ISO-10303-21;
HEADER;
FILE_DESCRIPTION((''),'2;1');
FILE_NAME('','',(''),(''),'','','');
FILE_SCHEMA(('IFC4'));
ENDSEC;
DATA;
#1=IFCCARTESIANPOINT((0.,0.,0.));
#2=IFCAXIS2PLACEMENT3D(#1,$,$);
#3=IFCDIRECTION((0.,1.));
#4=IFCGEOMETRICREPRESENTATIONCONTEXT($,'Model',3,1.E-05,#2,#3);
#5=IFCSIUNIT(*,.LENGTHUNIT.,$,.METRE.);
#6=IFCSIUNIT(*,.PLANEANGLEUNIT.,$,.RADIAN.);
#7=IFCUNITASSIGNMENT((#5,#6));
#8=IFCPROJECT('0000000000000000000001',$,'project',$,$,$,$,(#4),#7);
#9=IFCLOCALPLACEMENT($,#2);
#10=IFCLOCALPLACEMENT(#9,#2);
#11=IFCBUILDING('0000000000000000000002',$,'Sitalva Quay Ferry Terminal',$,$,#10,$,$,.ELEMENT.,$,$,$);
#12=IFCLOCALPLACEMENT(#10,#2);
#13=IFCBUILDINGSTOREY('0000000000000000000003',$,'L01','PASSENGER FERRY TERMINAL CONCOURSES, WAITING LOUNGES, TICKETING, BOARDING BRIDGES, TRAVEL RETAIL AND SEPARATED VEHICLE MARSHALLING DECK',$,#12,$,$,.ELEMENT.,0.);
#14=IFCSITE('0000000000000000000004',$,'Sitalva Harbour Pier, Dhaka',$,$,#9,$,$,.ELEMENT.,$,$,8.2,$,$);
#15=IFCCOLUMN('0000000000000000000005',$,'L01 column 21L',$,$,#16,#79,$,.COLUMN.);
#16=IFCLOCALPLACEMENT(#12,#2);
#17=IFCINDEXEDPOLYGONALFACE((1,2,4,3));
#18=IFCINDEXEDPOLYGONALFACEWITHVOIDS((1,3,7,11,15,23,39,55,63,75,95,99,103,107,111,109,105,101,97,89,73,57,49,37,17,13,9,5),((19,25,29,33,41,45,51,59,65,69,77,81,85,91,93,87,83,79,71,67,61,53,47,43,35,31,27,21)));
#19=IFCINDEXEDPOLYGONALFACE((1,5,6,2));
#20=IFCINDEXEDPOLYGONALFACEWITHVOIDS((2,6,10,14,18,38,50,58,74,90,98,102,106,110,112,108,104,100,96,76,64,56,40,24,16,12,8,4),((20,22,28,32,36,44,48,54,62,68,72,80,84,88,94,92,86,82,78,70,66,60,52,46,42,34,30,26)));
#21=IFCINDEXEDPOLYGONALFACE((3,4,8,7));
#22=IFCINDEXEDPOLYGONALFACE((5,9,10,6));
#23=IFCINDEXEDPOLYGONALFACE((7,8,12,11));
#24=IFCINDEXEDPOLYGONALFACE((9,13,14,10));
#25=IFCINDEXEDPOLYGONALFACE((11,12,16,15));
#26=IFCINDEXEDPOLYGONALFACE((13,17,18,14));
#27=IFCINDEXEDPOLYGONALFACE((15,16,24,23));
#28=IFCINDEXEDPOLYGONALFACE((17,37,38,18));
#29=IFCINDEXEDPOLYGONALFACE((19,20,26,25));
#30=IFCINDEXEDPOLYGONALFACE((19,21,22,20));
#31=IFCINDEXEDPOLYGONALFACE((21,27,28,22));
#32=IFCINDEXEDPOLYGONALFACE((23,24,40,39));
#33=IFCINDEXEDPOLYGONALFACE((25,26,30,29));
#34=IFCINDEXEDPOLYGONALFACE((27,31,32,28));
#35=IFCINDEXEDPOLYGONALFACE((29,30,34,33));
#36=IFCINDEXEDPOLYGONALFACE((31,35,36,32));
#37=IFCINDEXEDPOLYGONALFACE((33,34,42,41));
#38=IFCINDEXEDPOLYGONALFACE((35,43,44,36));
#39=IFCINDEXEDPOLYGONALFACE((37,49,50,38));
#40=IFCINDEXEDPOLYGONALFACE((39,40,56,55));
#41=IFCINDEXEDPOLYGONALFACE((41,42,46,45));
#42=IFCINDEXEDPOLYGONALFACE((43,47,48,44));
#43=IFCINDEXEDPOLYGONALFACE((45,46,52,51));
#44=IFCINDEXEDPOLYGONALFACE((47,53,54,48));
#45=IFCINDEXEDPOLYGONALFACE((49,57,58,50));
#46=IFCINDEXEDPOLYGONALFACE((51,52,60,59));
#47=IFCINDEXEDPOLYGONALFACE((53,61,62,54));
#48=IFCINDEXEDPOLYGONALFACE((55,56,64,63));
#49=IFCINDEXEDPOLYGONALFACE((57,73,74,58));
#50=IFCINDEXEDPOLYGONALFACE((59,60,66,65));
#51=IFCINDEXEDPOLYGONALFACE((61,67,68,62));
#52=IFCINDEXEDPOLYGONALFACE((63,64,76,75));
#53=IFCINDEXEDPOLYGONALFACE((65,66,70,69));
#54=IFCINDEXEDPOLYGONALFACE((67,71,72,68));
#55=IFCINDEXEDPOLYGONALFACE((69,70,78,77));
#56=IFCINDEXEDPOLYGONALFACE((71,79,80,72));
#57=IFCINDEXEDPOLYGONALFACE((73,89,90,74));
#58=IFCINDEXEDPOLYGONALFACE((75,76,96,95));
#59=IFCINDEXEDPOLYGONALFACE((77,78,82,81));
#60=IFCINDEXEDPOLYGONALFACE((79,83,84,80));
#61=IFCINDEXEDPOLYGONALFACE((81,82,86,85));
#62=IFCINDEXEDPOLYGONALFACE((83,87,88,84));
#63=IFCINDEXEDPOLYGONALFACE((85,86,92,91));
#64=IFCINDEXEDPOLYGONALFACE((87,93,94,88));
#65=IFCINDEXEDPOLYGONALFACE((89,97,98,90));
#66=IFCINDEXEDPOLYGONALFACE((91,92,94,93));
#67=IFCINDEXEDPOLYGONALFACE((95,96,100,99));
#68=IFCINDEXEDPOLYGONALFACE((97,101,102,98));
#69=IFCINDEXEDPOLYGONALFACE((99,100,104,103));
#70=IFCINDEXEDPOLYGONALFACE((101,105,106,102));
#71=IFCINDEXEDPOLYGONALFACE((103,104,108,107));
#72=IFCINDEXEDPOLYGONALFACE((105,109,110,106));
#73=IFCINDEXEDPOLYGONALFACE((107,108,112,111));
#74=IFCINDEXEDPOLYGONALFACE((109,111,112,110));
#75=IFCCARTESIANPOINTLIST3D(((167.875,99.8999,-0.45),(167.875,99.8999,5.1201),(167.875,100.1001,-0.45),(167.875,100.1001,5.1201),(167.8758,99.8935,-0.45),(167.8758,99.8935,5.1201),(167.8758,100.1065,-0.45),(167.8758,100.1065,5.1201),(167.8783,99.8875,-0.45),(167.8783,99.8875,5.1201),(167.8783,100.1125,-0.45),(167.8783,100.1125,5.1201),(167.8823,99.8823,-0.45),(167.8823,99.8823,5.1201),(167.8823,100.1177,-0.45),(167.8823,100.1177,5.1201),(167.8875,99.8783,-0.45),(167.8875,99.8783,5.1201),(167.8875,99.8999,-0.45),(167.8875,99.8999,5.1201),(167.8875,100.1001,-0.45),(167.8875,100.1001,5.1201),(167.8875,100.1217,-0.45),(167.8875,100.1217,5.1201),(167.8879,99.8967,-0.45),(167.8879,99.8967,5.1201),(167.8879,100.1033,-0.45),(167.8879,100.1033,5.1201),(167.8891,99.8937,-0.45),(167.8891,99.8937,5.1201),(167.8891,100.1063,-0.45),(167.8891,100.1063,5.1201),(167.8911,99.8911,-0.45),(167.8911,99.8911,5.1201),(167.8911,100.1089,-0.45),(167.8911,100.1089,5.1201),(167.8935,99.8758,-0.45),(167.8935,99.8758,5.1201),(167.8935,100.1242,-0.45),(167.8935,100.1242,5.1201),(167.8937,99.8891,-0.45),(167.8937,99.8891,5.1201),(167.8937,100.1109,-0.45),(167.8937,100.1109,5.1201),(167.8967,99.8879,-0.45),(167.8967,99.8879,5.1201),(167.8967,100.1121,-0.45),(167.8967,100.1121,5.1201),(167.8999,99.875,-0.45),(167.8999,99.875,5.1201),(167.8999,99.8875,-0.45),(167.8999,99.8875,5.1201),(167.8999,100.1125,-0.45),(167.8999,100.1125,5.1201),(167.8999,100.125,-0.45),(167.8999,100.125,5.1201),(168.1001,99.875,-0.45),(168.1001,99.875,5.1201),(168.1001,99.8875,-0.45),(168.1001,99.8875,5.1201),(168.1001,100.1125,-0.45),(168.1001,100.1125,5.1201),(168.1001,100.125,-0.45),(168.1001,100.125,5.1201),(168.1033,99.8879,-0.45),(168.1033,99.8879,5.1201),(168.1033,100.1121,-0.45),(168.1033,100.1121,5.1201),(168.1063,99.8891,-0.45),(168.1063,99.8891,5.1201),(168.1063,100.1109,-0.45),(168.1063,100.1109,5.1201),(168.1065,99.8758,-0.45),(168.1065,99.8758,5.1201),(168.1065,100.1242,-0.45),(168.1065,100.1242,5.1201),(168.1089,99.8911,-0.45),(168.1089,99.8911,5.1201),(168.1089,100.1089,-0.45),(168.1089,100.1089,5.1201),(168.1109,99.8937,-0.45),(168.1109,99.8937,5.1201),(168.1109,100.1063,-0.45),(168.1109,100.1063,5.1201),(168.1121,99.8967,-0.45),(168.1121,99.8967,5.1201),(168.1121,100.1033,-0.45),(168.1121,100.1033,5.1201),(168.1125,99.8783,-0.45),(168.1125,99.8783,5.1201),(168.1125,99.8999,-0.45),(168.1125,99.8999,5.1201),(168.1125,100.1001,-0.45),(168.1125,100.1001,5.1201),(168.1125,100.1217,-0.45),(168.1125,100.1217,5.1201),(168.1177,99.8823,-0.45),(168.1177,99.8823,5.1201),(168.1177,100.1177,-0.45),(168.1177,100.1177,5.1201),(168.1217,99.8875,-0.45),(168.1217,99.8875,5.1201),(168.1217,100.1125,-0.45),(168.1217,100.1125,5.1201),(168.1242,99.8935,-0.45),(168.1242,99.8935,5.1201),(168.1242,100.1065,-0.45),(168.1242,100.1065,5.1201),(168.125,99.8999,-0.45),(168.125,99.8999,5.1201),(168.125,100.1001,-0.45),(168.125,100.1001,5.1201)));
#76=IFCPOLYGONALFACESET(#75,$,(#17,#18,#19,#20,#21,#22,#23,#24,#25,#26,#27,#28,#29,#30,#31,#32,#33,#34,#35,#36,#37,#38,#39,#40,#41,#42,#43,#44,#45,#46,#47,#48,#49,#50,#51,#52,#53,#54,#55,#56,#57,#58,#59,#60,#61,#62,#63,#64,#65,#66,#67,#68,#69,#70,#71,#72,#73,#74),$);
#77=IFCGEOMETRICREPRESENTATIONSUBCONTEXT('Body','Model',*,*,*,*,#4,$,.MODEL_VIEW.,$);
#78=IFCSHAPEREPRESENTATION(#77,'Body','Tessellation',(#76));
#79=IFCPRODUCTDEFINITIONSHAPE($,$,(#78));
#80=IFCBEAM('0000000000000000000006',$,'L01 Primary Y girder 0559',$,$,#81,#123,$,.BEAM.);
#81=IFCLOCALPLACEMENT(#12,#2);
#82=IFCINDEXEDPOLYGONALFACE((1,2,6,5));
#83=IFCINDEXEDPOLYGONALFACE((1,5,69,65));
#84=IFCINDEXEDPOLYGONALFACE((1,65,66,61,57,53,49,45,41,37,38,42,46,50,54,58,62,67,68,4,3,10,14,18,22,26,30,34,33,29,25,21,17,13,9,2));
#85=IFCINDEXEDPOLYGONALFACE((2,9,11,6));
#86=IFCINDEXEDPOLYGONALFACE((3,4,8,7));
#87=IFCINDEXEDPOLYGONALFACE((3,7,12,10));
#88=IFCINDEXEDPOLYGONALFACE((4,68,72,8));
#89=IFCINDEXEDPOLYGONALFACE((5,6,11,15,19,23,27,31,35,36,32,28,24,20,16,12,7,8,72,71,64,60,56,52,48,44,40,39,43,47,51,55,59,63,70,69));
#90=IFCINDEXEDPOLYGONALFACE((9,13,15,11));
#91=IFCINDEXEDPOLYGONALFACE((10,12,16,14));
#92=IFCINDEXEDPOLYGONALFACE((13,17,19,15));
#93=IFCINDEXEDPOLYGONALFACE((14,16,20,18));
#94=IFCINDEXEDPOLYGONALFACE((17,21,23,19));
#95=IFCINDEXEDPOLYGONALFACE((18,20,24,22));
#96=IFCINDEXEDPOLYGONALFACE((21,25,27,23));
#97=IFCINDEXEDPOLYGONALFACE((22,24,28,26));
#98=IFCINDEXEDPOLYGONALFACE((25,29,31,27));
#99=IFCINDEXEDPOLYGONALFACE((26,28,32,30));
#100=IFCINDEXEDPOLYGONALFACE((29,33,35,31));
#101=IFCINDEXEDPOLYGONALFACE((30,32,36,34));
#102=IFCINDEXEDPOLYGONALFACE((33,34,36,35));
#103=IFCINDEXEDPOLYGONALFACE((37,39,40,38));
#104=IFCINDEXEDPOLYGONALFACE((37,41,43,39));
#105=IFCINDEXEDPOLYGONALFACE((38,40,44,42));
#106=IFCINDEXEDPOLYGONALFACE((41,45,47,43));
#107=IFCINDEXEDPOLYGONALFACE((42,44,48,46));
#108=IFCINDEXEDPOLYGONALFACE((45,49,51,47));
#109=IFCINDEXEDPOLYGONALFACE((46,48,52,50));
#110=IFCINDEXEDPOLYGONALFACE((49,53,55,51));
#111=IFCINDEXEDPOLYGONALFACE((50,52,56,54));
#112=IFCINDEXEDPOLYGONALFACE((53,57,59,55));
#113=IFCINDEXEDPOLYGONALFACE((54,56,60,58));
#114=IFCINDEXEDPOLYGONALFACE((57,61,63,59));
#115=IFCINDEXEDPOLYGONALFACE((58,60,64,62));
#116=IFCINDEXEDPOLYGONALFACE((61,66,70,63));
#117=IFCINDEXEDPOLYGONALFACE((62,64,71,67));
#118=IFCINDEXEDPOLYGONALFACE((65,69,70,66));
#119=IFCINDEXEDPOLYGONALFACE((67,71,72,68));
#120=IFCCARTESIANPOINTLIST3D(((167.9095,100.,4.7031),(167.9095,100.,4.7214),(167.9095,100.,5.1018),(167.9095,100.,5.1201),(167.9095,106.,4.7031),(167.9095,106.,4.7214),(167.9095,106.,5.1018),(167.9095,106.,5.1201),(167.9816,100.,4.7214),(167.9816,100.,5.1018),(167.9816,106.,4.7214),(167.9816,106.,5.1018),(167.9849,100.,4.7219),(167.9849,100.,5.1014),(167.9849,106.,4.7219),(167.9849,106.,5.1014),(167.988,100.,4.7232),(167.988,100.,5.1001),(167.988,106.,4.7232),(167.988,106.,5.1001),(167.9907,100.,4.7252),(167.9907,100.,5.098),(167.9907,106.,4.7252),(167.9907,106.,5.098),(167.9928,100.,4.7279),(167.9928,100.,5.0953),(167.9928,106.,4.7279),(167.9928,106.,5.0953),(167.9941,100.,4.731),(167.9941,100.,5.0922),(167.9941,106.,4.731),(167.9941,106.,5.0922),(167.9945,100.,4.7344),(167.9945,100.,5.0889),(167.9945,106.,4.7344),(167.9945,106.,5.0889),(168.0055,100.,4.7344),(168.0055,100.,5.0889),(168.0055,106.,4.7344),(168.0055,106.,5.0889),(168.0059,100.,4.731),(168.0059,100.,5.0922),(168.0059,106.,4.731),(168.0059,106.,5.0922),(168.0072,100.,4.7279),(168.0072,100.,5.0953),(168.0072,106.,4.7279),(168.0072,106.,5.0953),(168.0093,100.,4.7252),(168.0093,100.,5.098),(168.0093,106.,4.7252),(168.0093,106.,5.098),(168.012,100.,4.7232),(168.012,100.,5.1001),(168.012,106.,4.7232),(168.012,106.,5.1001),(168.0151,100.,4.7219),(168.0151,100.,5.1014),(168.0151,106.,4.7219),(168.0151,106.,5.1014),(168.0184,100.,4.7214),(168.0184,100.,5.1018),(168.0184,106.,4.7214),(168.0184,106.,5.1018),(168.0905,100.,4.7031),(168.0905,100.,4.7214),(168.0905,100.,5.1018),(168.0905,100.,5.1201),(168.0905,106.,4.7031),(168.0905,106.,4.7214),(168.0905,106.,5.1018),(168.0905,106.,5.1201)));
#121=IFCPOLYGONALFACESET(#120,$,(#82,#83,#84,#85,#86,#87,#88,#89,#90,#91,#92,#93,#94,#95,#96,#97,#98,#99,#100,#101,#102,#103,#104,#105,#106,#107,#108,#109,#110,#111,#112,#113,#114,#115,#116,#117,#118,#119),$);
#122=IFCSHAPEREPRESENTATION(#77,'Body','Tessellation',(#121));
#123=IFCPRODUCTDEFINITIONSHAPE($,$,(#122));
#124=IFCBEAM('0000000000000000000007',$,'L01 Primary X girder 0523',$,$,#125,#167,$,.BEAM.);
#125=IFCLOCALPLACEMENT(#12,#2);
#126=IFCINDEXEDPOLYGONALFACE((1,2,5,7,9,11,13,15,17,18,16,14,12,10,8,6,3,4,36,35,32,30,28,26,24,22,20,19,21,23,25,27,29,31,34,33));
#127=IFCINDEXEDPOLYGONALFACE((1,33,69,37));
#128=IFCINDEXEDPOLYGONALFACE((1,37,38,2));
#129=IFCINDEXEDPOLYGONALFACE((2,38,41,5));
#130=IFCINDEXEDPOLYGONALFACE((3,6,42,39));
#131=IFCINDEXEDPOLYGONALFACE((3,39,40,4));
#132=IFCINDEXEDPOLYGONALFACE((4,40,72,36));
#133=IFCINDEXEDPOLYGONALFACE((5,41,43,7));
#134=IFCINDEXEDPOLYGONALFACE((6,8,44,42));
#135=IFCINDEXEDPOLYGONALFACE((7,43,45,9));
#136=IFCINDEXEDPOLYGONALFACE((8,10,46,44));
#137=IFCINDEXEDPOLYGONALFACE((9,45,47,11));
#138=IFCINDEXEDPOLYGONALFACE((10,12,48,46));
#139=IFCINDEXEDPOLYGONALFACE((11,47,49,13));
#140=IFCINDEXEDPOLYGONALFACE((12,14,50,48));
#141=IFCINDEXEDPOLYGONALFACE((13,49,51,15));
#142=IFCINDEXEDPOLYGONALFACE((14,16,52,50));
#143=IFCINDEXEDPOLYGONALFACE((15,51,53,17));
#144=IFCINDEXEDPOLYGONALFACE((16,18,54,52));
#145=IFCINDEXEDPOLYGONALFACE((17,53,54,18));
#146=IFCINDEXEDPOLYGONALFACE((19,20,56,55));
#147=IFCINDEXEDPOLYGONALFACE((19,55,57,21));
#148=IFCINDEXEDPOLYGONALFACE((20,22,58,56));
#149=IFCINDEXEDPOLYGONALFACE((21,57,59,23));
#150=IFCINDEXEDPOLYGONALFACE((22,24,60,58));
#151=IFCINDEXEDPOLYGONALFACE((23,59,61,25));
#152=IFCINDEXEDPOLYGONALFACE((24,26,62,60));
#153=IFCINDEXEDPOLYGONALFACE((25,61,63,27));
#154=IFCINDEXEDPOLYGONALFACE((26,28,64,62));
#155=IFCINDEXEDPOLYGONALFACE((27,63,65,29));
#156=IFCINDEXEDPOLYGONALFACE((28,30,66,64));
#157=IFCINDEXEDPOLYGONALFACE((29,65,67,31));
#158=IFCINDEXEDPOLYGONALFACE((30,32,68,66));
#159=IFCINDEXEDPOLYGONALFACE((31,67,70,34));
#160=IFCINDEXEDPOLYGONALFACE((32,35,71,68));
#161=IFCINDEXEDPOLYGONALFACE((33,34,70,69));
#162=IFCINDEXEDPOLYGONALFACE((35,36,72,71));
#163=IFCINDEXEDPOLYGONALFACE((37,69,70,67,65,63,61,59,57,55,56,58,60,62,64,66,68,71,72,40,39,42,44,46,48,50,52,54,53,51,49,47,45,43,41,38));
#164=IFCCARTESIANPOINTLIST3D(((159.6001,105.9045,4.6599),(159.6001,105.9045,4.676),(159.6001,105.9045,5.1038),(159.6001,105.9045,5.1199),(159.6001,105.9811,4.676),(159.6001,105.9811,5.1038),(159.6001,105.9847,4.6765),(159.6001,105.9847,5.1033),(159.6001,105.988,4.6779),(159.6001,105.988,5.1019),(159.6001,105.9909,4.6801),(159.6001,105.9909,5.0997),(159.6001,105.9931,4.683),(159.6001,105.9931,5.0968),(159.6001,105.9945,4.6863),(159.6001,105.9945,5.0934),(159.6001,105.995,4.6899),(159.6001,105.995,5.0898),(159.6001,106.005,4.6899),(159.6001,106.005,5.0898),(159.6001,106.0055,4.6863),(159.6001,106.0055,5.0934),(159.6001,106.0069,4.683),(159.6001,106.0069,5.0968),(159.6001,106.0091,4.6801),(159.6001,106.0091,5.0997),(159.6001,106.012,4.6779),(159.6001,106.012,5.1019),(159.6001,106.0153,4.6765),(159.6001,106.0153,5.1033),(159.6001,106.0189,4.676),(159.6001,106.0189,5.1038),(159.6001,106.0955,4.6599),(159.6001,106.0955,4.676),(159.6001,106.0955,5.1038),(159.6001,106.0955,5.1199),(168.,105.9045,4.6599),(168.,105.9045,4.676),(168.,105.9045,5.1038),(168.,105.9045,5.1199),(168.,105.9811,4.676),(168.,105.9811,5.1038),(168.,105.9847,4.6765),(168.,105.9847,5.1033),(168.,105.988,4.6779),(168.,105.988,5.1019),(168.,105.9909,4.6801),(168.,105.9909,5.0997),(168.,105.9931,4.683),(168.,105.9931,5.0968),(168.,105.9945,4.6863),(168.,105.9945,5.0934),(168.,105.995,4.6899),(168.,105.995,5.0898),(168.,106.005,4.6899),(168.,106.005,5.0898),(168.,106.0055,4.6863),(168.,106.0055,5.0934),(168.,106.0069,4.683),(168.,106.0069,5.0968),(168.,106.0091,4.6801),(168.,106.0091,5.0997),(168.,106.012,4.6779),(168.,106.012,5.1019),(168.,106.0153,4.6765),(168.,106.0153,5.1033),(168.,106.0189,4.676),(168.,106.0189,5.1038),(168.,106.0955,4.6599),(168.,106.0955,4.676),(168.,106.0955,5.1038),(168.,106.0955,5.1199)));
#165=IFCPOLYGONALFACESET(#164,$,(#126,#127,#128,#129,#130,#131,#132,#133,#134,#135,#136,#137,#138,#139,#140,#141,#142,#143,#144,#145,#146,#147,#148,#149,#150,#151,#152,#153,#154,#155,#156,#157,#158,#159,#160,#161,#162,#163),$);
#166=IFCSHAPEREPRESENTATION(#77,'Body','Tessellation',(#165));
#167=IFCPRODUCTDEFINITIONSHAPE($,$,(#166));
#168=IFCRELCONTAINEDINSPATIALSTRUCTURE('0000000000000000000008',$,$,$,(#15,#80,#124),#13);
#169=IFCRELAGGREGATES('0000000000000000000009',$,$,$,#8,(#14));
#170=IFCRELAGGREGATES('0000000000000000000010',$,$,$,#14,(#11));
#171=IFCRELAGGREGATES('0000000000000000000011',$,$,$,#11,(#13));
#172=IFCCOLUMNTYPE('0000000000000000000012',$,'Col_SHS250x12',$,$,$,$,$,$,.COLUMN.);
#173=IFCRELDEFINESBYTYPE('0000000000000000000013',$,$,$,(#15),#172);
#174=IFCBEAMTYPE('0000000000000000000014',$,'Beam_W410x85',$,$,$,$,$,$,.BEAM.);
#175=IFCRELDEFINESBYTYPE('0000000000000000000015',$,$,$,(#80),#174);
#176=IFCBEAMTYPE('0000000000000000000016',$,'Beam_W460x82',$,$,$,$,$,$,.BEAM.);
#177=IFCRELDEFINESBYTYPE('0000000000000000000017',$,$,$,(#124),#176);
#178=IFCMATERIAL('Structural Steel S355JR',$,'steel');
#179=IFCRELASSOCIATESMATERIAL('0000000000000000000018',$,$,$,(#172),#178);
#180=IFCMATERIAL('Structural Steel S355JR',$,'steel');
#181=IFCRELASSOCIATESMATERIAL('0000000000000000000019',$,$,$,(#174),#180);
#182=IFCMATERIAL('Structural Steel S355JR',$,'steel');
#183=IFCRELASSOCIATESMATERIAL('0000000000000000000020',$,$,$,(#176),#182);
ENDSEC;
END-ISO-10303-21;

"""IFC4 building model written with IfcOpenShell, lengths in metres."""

from ifc_helpers import new_model, si_unit, direction, frame, origin, origin_2d, place, context, subcontext, project, spatial, hollow_rectangle, i_section, extrude, material, material_profile, profile_set, type_object, element, save


model = new_model("IFC4")

# Units and contexts
model_context = context("Model", 3, precision=1e-05, world=origin(), true_north=direction((0.0, 1.0)))
body_context = subcontext(model_context, "Body", "Model", "MODEL_VIEW")
ifc_project = project(units=[si_unit("LENGTHUNIT", "METRE"), si_unit("PLANEANGLEUNIT", "RADIAN")], contexts=[model_context])

# Site, building, storey
site_placement = place(None, origin())
site = spatial("IfcSite", under=ifc_project, at=site_placement, Name="Sitalva Harbour Pier, Dhaka", CompositionType="ELEMENT", RefElevation=8.2)
building_placement = place(site_placement, origin())
building = spatial("IfcBuilding", under=site, at=building_placement, Name="Sitalva Quay Ferry Terminal", CompositionType="ELEMENT")
storey_placement = place(building_placement, origin())
storey = spatial("IfcBuildingStorey", under=building, at=storey_placement, Name="L01", Description="PASSENGER FERRY TERMINAL CONCOURSES, WAITING LOUNGES, TICKETING, BOARDING BRIDGES, TRAVEL RETAIL AND SEPARATED VEHICLE MARSHALLING DECK", CompositionType="ELEMENT", Elevation=0.0)

# Column
ifc_material_1 = material(Name="Structural Steel S355JR", Category="steel")
ifc_material_profile_1 = material_profile(ifc_material_1, hollow_rectangle(XDim=0.25, YDim=0.25, WallThickness=0.0125, InnerFilletRadius=0.0125, OuterFilletRadius=0.0249, at=origin_2d()), Name="SHS250x250x12.5")
ifc_profile_set_1 = profile_set([ifc_material_profile_1], Name="Structural Steel S355JR")
column_type_1 = type_object("IfcColumnType", Name="Col_SHS250x12", PredefinedType="COLUMN", material=ifc_profile_set_1)
column_placement = place(storey_placement, frame((168.0, 100.0, -0.45), z_axis=(0.0, 0.0, 1.0), x_axis=(1.0, 0.0, 0.0)))
element("IfcColumn", 1, at=column_placement, inside=storey, type_object=column_type_1, Name="L01 column 21L", PredefinedType="COLUMN", context=body_context, shape_type="SweptSolid", body=[
    extrude(hollow_rectangle(XDim=0.25, YDim=0.25, WallThickness=0.0125, InnerFilletRadius=0.0125, OuterFilletRadius=0.0249, at=origin_2d()), origin(), (0.0, 0.0, 1.0), 5.5701),
])

# Beams
ifc_material_2 = material(Name="Structural Steel S355JR", Category="steel")
ifc_material_profile_2 = material_profile(ifc_material_2, i_section(OverallWidth=0.1809, OverallDepth=0.417, WebThickness=0.011, FlangeThickness=0.0183, FilletRadius=0.0129, at=origin_2d()), Name="W410x85")
ifc_profile_set_2 = profile_set([ifc_material_profile_2], Name="Structural Steel S355JR")
beam_type_1 = type_object("IfcBeamType", Name="Beam_W410x85", PredefinedType="BEAM", material=ifc_profile_set_2)
beam_1_placement = place(storey_placement, frame((168.0, 100.0, 4.9116), z_axis=(0.0, 1.0, 0.0), x_axis=(-1.0, 0.0, 0.0)))
element("IfcBeam", 2, at=beam_1_placement, inside=storey, type_object=beam_type_1, Name="L01 Primary Y girder 0559", PredefinedType="BEAM", context=body_context, shape_type="SweptSolid", body=[
    extrude(i_section(OverallWidth=0.1809, OverallDepth=0.417, WebThickness=0.011, FlangeThickness=0.0183, FilletRadius=0.0129, at=origin_2d()), origin(), (0.0, 0.0, 1.0), 6.0),
])
ifc_material_3 = material(Name="Structural Steel S355JR", Category="steel")
ifc_material_profile_3 = material_profile(ifc_material_3, i_section(OverallWidth=0.1909, OverallDepth=0.46, WebThickness=0.01, FlangeThickness=0.0161, FilletRadius=0.0139, at=origin_2d()), Name="W460x82")
ifc_profile_set_3 = profile_set([ifc_material_profile_3], Name="Structural Steel S355JR")
beam_type_2 = type_object("IfcBeamType", Name="Beam_W460x82", PredefinedType="BEAM", material=ifc_profile_set_3)
beam_2_placement = place(storey_placement, frame((159.6001, 106.0, 4.8899), z_axis=(1.0, 0.0, 0.0), x_axis=(0.0, 1.0, 0.0)))
element("IfcBeam", 3, at=beam_2_placement, inside=storey, type_object=beam_type_2, Name="L01 Primary X girder 0523", PredefinedType="BEAM", context=body_context, shape_type="SweptSolid", body=[
    extrude(i_section(OverallWidth=0.1909, OverallDepth=0.46, WebThickness=0.01, FlangeThickness=0.0161, FilletRadius=0.0139, at=origin_2d()), origin(), (0.0, 0.0, 1.0), 8.3999),
])

save(model, "model.ifc")
